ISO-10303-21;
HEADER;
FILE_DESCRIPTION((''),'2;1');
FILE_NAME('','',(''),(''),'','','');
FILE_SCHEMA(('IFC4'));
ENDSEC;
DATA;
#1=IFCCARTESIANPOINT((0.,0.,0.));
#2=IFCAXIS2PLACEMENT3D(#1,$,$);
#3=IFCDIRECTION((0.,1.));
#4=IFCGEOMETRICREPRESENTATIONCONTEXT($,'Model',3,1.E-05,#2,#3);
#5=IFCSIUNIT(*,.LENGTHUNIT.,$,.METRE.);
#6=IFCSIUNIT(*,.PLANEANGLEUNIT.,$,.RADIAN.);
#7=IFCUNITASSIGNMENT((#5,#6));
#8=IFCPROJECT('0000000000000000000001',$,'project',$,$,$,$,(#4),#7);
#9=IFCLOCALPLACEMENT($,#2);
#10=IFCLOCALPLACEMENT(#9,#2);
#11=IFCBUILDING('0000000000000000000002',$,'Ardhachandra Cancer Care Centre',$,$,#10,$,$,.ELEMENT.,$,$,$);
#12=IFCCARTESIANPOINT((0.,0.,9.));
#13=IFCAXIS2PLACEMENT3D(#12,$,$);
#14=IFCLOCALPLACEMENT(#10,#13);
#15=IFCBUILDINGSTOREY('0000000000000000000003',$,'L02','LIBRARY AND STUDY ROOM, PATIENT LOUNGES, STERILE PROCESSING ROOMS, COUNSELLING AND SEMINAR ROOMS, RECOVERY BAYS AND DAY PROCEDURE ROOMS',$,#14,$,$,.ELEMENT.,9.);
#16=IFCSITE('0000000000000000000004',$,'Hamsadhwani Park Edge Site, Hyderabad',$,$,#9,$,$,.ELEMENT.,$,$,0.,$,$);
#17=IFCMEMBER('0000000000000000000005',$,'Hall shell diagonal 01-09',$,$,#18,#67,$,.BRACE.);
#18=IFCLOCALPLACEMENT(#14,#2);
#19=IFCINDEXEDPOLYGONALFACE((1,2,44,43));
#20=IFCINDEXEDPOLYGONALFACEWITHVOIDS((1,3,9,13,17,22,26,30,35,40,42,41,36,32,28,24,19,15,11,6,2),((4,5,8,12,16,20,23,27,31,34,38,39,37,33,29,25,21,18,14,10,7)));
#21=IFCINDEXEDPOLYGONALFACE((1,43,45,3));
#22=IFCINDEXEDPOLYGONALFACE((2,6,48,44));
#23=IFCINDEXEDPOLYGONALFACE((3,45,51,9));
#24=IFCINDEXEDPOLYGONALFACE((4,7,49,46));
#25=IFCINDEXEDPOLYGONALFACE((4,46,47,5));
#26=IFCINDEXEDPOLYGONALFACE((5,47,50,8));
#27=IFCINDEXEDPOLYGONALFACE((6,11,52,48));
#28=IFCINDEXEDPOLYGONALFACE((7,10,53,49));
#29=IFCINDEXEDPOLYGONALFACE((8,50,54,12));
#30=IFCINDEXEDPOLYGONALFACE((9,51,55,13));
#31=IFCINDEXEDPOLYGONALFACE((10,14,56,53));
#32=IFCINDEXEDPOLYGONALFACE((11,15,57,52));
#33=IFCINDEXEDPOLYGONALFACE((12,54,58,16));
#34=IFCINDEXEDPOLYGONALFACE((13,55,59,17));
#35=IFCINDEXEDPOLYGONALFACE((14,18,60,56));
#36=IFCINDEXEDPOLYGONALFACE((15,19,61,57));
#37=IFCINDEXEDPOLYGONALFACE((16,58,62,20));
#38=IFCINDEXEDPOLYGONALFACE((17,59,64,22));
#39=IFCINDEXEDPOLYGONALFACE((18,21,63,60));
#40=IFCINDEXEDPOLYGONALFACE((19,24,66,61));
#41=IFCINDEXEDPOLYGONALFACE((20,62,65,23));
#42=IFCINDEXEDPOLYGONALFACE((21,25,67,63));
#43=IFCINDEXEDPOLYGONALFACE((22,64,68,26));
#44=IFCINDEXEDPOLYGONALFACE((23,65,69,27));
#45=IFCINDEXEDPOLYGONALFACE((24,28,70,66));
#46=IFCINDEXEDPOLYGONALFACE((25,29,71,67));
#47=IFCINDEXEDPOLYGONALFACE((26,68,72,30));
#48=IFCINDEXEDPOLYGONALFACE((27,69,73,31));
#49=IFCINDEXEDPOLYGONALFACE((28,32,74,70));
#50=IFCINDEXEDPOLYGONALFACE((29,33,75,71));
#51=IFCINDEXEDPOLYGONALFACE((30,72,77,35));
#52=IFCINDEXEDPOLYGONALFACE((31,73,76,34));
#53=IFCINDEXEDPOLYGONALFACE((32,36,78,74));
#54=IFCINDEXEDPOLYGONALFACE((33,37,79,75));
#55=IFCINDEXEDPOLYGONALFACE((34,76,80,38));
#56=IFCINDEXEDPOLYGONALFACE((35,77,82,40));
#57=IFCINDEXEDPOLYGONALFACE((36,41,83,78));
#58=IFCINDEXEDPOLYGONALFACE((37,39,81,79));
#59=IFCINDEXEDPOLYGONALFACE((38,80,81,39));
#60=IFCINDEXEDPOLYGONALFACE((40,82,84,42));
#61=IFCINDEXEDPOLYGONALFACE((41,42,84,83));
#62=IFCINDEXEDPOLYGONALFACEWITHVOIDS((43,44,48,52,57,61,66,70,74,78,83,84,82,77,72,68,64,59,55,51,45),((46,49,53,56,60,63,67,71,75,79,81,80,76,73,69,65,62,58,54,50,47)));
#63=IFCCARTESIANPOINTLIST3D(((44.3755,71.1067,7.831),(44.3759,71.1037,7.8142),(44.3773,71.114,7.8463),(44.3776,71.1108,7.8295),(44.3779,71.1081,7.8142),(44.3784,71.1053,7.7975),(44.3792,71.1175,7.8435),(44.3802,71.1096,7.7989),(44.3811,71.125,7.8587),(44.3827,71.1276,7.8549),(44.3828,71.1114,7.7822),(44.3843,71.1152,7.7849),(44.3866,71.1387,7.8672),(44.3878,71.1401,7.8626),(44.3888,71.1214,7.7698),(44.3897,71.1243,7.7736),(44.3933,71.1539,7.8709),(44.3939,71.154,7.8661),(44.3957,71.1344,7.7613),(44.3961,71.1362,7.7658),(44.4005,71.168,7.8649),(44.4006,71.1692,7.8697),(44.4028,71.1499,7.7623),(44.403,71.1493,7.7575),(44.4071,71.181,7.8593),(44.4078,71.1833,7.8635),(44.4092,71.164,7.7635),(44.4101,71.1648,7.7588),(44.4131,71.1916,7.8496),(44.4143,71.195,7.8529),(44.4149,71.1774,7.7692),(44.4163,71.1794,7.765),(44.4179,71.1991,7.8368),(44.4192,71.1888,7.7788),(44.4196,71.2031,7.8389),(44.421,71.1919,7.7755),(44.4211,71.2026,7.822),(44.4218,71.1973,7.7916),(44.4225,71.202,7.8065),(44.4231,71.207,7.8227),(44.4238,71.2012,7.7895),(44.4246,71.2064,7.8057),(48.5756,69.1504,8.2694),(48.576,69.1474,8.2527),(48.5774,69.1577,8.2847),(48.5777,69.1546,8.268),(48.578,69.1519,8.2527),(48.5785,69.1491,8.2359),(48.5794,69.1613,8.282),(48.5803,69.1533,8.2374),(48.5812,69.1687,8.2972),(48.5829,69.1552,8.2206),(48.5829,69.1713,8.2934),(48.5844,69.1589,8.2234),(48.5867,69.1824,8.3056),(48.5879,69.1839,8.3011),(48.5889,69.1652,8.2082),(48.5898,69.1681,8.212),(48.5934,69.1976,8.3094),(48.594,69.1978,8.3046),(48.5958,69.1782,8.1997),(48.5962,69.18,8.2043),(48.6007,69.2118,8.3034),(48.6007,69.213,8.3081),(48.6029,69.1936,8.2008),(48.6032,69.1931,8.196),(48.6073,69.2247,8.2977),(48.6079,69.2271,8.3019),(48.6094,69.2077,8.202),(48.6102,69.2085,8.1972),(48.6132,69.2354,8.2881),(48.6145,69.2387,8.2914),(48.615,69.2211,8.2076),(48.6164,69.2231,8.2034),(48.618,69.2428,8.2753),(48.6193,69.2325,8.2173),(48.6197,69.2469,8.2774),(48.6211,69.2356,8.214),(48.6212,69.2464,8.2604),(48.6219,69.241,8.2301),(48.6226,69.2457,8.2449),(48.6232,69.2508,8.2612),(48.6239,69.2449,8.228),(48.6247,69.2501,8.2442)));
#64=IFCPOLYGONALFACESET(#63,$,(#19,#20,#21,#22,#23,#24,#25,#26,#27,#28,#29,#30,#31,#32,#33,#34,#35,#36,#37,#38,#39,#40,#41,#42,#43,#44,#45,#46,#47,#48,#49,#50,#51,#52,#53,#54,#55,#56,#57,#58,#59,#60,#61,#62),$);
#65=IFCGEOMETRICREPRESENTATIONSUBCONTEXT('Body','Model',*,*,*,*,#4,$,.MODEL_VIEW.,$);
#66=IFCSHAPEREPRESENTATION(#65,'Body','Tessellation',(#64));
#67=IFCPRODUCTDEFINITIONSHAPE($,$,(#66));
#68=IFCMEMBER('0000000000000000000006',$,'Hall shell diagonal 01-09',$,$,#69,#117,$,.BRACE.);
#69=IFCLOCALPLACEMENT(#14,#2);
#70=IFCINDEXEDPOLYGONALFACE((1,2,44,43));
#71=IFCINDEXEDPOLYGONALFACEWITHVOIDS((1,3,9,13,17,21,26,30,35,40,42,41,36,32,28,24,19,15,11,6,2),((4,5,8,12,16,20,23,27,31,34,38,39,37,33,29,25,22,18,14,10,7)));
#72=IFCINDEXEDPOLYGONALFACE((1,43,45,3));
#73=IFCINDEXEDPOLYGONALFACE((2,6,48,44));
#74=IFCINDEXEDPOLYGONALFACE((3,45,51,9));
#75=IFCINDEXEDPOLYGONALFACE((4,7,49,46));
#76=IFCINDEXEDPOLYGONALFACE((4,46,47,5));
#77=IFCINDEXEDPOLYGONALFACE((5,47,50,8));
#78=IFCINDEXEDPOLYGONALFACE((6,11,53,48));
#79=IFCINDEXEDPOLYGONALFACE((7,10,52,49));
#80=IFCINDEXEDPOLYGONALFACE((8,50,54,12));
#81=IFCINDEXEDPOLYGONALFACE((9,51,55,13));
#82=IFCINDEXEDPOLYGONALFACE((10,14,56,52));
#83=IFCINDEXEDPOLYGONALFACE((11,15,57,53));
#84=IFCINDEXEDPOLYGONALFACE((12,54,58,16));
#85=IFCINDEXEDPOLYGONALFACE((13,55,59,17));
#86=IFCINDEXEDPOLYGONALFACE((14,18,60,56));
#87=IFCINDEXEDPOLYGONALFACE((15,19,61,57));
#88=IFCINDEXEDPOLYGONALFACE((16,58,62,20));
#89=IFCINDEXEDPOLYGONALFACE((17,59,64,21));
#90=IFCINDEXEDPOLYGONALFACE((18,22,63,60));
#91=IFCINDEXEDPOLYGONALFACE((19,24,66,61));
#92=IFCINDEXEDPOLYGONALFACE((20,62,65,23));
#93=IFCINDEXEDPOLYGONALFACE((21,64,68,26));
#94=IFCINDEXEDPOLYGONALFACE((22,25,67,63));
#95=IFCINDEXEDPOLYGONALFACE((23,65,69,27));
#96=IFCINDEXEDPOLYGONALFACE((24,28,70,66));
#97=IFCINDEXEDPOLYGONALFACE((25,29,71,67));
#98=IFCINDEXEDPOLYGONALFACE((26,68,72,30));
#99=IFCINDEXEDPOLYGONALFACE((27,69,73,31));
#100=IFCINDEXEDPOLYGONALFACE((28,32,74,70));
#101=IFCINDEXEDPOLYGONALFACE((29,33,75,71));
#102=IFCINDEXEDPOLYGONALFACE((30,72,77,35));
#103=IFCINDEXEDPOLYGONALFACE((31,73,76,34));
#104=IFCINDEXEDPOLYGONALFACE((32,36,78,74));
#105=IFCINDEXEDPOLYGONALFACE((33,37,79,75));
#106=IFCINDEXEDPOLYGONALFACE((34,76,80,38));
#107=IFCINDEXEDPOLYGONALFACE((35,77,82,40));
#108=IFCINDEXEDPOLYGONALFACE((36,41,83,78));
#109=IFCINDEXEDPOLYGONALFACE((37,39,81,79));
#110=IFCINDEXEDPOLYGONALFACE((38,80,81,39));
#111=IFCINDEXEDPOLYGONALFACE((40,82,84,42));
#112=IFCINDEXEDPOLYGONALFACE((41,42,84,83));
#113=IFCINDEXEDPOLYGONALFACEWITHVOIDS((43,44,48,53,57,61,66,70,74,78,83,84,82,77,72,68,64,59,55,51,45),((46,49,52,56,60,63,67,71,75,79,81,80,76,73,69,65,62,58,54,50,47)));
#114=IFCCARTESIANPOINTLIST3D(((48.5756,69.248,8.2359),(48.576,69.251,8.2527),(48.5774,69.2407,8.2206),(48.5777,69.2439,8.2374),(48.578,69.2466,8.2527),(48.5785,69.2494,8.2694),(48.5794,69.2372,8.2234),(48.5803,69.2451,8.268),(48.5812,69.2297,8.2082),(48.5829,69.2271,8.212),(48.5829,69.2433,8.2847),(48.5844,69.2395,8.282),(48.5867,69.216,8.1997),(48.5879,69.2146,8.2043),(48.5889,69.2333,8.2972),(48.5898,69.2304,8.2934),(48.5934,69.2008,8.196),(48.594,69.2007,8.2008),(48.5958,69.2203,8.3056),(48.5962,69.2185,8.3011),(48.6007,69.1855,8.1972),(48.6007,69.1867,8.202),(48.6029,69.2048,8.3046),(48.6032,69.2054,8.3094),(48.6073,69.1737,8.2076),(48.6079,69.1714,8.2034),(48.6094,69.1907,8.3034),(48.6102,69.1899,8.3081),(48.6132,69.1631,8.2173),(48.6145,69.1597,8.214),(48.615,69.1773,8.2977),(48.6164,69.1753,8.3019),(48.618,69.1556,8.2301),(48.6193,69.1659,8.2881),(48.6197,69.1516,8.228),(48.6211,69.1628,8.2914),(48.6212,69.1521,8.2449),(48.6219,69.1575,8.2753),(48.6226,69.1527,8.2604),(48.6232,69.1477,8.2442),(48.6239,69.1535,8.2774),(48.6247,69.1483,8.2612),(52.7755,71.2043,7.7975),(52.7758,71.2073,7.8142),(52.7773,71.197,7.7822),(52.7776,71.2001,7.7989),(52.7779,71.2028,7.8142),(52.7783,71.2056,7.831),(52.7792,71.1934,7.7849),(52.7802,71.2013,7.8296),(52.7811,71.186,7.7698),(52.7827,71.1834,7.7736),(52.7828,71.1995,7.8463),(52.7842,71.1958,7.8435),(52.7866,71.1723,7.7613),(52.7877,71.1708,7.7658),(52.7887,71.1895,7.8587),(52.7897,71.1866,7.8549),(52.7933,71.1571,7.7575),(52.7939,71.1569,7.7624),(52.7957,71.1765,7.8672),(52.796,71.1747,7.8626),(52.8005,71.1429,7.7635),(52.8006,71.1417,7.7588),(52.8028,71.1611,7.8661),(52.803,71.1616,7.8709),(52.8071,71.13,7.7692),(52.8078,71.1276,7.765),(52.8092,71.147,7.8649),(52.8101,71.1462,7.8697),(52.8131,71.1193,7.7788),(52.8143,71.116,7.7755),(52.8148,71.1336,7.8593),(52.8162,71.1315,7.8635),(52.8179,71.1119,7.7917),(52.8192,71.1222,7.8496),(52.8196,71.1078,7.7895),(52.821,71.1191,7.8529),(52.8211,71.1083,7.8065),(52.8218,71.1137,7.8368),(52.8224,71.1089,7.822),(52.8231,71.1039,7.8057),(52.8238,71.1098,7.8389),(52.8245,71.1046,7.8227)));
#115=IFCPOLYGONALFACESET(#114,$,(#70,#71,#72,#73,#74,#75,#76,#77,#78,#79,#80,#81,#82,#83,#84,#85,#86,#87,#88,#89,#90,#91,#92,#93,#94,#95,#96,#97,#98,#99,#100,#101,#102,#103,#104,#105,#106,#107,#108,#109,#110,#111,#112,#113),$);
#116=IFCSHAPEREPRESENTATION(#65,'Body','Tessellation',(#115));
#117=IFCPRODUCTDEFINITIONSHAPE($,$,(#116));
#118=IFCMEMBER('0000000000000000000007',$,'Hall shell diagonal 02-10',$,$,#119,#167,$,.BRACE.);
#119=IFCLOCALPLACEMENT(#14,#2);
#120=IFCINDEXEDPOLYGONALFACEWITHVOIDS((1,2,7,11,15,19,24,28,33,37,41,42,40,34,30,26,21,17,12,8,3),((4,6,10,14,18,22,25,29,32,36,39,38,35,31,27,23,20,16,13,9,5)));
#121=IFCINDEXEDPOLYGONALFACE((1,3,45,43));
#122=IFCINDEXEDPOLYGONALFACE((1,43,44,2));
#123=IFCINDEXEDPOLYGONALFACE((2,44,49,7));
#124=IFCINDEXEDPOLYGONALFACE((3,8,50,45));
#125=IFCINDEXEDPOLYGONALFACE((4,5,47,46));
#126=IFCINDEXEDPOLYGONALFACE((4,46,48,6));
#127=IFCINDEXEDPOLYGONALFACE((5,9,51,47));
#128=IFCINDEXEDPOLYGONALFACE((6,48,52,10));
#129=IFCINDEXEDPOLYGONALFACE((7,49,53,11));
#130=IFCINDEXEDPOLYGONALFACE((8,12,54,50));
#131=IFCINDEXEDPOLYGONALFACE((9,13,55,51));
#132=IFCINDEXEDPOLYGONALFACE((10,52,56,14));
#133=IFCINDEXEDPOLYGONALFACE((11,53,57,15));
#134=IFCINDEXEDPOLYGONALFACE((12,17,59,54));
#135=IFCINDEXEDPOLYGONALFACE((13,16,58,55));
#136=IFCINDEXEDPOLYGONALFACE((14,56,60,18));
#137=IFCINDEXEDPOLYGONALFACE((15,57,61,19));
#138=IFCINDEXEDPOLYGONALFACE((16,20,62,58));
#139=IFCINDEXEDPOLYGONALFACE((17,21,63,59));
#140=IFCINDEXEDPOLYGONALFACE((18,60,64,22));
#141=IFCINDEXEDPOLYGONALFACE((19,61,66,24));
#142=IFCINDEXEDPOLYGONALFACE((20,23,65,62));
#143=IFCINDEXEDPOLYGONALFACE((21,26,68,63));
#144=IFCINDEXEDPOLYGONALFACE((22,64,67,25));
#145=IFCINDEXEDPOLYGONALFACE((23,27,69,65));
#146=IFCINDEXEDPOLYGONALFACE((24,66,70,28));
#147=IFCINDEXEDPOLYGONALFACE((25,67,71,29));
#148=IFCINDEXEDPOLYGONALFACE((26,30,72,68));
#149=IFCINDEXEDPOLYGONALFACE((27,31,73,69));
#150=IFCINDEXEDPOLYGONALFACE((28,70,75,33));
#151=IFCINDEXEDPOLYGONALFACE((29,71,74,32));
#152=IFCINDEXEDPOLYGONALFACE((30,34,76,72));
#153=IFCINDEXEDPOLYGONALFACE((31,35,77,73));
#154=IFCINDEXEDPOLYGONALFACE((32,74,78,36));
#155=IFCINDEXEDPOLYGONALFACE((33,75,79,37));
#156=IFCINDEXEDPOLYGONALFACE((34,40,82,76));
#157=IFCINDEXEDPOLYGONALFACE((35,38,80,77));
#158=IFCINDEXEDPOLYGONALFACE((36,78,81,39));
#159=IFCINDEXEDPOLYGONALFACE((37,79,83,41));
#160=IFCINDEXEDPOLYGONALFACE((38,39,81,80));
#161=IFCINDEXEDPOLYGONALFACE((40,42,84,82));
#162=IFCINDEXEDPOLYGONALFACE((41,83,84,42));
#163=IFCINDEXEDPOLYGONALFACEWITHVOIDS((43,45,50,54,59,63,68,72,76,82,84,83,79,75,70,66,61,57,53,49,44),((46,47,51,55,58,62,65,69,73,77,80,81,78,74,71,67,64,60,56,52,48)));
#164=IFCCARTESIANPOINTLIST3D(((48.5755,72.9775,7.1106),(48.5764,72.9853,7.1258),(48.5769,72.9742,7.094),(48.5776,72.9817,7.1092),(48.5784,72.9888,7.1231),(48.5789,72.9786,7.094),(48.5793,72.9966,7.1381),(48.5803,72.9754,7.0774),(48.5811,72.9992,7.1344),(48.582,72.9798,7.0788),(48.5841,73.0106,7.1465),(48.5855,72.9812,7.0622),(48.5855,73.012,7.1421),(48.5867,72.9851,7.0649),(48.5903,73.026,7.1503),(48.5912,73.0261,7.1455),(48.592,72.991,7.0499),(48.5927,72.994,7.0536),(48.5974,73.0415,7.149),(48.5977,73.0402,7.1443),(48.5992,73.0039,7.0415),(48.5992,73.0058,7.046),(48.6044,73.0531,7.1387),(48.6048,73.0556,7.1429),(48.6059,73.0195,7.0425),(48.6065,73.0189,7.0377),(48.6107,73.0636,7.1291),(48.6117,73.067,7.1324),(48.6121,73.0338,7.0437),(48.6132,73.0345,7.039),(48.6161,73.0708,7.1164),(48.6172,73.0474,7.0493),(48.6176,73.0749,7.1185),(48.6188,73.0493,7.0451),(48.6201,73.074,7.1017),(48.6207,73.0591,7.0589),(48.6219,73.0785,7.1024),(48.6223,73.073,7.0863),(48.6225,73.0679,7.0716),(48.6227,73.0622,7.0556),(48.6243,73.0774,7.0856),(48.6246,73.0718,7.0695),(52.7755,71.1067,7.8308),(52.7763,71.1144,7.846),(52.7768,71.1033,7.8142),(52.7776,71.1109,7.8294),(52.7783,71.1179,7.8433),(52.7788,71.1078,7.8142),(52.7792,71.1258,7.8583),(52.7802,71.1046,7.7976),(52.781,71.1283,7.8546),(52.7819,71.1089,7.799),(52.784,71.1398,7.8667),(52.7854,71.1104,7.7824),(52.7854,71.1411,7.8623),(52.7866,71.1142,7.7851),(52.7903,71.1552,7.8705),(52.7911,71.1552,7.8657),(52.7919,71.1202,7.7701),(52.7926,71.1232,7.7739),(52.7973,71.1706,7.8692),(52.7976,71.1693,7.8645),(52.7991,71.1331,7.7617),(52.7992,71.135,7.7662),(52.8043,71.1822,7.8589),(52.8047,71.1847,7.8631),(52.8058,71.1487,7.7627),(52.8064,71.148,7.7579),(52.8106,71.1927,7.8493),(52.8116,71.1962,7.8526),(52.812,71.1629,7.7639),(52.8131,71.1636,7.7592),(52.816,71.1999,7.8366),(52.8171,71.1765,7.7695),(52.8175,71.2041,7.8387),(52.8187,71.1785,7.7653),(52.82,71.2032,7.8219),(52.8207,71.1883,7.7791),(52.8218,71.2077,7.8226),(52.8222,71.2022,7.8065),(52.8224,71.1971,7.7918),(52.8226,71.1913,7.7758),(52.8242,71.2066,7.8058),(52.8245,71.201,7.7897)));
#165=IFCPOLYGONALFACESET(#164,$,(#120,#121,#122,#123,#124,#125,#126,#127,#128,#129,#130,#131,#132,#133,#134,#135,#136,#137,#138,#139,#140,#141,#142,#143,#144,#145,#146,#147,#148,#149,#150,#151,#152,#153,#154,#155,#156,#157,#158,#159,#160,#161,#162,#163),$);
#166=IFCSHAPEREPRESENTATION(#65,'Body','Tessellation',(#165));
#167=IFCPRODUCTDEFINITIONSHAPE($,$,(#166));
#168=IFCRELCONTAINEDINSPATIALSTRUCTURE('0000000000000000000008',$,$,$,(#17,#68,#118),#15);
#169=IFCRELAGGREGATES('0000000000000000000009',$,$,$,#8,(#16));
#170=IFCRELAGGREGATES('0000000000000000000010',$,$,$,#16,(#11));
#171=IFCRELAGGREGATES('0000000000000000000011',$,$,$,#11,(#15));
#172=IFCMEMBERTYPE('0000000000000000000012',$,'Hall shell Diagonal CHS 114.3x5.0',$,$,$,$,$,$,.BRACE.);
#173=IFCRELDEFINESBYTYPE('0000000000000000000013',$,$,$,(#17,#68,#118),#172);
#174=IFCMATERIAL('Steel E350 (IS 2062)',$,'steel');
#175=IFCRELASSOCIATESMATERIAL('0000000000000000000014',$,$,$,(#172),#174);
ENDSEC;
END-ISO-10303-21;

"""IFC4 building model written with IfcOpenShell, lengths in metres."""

from ifc_helpers import new_model, si_unit, direction, frame, origin, origin_2d, place, context, subcontext, project, spatial, hollow_circle, extrude, material, material_profile, profile_set, type_object, element, save


model = new_model("IFC4")

# Units and contexts
model_context = context("Model", 3, precision=1e-05, world=origin(), true_north=direction((0.0, 1.0)))
body_context = subcontext(model_context, "Body", "Model", "MODEL_VIEW")
ifc_project = project(units=[si_unit("LENGTHUNIT", "METRE"), si_unit("PLANEANGLEUNIT", "RADIAN")], contexts=[model_context])

# Site, building, storey
site_placement = place(None, origin())
site = spatial("IfcSite", under=ifc_project, at=site_placement, Name="Hamsadhwani Park Edge Site, Hyderabad", CompositionType="ELEMENT", RefElevation=0.0)
building_placement = place(site_placement, origin())
building = spatial("IfcBuilding", under=site, at=building_placement, Name="Ardhachandra Cancer Care Centre", CompositionType="ELEMENT")
storey_placement = place(building_placement, frame((0.0, 0.0, 9.0)))
storey = spatial("IfcBuildingStorey", under=building, at=storey_placement, Name="L02", Description="LIBRARY AND STUDY ROOM, PATIENT LOUNGES, STERILE PROCESSING ROOMS, COUNSELLING AND SEMINAR ROOMS, RECOVERY BAYS AND DAY PROCEDURE ROOMS", CompositionType="ELEMENT", Elevation=9.0)

# Members
ifc_material_1 = material(Name="Steel E350 (IS 2062)", Category="steel")
ifc_material_profile_1 = material_profile(ifc_material_1, hollow_circle(Radius=0.0571, WallThickness=0.0049, at=origin_2d()), Name="CHS 114.3x5.0")
ifc_profile_set_1 = profile_set([ifc_material_profile_1], Name="Steel E350 (IS 2062)")
member_type_1 = type_object("IfcMemberType", Name="Hall shell Diagonal CHS 114.3x5.0", PredefinedType="BRACE", material=ifc_profile_set_1)
member_1_placement = place(storey_placement, frame((48.6001, 69.1992, 8.2527), z_axis=(-0.902465, 0.420335, -0.094212), x_axis=(-0.422213, -0.906497, 0.0)))
element("IfcMember", 1, at=member_1_placement, inside=storey, type_object=member_type_1, Name="Hall shell diagonal 01-09", PredefinedType="BRACE", context=body_context, shape_type="SweptSolid", body=[
    extrude(hollow_circle(Radius=0.0571, WallThickness=0.0049, at=origin_2d()), origin(), (0.0, 0.0, 1.0), 4.6541),
])
for number, where, z_axis, x_axis, name in (
    (2, (48.6001, 69.1992, 8.2527), (0.902455, 0.420355, -0.094217), (-0.422233, 0.906487, 0.0), "Hall shell diagonal 01-09"),
    (3, (52.8, 71.1555, 7.8142), (-0.902467, 0.402, -0.154757), (-0.406902, -0.913472, 0.0), "Hall shell diagonal 02-10"),
):
    element("IfcMember", number, at=place(storey_placement, frame(where, z_axis=z_axis, x_axis=x_axis)), inside=storey, type_object=member_type_1, Name=name, PredefinedType="BRACE", context=body_context, shape_type="SweptSolid", body=[
        extrude(hollow_circle(Radius=0.0571, WallThickness=0.0049, at=origin_2d()), origin(), (0.0, 0.0, 1.0), 4.6538),
    ])

save(model, "model.ifc")
